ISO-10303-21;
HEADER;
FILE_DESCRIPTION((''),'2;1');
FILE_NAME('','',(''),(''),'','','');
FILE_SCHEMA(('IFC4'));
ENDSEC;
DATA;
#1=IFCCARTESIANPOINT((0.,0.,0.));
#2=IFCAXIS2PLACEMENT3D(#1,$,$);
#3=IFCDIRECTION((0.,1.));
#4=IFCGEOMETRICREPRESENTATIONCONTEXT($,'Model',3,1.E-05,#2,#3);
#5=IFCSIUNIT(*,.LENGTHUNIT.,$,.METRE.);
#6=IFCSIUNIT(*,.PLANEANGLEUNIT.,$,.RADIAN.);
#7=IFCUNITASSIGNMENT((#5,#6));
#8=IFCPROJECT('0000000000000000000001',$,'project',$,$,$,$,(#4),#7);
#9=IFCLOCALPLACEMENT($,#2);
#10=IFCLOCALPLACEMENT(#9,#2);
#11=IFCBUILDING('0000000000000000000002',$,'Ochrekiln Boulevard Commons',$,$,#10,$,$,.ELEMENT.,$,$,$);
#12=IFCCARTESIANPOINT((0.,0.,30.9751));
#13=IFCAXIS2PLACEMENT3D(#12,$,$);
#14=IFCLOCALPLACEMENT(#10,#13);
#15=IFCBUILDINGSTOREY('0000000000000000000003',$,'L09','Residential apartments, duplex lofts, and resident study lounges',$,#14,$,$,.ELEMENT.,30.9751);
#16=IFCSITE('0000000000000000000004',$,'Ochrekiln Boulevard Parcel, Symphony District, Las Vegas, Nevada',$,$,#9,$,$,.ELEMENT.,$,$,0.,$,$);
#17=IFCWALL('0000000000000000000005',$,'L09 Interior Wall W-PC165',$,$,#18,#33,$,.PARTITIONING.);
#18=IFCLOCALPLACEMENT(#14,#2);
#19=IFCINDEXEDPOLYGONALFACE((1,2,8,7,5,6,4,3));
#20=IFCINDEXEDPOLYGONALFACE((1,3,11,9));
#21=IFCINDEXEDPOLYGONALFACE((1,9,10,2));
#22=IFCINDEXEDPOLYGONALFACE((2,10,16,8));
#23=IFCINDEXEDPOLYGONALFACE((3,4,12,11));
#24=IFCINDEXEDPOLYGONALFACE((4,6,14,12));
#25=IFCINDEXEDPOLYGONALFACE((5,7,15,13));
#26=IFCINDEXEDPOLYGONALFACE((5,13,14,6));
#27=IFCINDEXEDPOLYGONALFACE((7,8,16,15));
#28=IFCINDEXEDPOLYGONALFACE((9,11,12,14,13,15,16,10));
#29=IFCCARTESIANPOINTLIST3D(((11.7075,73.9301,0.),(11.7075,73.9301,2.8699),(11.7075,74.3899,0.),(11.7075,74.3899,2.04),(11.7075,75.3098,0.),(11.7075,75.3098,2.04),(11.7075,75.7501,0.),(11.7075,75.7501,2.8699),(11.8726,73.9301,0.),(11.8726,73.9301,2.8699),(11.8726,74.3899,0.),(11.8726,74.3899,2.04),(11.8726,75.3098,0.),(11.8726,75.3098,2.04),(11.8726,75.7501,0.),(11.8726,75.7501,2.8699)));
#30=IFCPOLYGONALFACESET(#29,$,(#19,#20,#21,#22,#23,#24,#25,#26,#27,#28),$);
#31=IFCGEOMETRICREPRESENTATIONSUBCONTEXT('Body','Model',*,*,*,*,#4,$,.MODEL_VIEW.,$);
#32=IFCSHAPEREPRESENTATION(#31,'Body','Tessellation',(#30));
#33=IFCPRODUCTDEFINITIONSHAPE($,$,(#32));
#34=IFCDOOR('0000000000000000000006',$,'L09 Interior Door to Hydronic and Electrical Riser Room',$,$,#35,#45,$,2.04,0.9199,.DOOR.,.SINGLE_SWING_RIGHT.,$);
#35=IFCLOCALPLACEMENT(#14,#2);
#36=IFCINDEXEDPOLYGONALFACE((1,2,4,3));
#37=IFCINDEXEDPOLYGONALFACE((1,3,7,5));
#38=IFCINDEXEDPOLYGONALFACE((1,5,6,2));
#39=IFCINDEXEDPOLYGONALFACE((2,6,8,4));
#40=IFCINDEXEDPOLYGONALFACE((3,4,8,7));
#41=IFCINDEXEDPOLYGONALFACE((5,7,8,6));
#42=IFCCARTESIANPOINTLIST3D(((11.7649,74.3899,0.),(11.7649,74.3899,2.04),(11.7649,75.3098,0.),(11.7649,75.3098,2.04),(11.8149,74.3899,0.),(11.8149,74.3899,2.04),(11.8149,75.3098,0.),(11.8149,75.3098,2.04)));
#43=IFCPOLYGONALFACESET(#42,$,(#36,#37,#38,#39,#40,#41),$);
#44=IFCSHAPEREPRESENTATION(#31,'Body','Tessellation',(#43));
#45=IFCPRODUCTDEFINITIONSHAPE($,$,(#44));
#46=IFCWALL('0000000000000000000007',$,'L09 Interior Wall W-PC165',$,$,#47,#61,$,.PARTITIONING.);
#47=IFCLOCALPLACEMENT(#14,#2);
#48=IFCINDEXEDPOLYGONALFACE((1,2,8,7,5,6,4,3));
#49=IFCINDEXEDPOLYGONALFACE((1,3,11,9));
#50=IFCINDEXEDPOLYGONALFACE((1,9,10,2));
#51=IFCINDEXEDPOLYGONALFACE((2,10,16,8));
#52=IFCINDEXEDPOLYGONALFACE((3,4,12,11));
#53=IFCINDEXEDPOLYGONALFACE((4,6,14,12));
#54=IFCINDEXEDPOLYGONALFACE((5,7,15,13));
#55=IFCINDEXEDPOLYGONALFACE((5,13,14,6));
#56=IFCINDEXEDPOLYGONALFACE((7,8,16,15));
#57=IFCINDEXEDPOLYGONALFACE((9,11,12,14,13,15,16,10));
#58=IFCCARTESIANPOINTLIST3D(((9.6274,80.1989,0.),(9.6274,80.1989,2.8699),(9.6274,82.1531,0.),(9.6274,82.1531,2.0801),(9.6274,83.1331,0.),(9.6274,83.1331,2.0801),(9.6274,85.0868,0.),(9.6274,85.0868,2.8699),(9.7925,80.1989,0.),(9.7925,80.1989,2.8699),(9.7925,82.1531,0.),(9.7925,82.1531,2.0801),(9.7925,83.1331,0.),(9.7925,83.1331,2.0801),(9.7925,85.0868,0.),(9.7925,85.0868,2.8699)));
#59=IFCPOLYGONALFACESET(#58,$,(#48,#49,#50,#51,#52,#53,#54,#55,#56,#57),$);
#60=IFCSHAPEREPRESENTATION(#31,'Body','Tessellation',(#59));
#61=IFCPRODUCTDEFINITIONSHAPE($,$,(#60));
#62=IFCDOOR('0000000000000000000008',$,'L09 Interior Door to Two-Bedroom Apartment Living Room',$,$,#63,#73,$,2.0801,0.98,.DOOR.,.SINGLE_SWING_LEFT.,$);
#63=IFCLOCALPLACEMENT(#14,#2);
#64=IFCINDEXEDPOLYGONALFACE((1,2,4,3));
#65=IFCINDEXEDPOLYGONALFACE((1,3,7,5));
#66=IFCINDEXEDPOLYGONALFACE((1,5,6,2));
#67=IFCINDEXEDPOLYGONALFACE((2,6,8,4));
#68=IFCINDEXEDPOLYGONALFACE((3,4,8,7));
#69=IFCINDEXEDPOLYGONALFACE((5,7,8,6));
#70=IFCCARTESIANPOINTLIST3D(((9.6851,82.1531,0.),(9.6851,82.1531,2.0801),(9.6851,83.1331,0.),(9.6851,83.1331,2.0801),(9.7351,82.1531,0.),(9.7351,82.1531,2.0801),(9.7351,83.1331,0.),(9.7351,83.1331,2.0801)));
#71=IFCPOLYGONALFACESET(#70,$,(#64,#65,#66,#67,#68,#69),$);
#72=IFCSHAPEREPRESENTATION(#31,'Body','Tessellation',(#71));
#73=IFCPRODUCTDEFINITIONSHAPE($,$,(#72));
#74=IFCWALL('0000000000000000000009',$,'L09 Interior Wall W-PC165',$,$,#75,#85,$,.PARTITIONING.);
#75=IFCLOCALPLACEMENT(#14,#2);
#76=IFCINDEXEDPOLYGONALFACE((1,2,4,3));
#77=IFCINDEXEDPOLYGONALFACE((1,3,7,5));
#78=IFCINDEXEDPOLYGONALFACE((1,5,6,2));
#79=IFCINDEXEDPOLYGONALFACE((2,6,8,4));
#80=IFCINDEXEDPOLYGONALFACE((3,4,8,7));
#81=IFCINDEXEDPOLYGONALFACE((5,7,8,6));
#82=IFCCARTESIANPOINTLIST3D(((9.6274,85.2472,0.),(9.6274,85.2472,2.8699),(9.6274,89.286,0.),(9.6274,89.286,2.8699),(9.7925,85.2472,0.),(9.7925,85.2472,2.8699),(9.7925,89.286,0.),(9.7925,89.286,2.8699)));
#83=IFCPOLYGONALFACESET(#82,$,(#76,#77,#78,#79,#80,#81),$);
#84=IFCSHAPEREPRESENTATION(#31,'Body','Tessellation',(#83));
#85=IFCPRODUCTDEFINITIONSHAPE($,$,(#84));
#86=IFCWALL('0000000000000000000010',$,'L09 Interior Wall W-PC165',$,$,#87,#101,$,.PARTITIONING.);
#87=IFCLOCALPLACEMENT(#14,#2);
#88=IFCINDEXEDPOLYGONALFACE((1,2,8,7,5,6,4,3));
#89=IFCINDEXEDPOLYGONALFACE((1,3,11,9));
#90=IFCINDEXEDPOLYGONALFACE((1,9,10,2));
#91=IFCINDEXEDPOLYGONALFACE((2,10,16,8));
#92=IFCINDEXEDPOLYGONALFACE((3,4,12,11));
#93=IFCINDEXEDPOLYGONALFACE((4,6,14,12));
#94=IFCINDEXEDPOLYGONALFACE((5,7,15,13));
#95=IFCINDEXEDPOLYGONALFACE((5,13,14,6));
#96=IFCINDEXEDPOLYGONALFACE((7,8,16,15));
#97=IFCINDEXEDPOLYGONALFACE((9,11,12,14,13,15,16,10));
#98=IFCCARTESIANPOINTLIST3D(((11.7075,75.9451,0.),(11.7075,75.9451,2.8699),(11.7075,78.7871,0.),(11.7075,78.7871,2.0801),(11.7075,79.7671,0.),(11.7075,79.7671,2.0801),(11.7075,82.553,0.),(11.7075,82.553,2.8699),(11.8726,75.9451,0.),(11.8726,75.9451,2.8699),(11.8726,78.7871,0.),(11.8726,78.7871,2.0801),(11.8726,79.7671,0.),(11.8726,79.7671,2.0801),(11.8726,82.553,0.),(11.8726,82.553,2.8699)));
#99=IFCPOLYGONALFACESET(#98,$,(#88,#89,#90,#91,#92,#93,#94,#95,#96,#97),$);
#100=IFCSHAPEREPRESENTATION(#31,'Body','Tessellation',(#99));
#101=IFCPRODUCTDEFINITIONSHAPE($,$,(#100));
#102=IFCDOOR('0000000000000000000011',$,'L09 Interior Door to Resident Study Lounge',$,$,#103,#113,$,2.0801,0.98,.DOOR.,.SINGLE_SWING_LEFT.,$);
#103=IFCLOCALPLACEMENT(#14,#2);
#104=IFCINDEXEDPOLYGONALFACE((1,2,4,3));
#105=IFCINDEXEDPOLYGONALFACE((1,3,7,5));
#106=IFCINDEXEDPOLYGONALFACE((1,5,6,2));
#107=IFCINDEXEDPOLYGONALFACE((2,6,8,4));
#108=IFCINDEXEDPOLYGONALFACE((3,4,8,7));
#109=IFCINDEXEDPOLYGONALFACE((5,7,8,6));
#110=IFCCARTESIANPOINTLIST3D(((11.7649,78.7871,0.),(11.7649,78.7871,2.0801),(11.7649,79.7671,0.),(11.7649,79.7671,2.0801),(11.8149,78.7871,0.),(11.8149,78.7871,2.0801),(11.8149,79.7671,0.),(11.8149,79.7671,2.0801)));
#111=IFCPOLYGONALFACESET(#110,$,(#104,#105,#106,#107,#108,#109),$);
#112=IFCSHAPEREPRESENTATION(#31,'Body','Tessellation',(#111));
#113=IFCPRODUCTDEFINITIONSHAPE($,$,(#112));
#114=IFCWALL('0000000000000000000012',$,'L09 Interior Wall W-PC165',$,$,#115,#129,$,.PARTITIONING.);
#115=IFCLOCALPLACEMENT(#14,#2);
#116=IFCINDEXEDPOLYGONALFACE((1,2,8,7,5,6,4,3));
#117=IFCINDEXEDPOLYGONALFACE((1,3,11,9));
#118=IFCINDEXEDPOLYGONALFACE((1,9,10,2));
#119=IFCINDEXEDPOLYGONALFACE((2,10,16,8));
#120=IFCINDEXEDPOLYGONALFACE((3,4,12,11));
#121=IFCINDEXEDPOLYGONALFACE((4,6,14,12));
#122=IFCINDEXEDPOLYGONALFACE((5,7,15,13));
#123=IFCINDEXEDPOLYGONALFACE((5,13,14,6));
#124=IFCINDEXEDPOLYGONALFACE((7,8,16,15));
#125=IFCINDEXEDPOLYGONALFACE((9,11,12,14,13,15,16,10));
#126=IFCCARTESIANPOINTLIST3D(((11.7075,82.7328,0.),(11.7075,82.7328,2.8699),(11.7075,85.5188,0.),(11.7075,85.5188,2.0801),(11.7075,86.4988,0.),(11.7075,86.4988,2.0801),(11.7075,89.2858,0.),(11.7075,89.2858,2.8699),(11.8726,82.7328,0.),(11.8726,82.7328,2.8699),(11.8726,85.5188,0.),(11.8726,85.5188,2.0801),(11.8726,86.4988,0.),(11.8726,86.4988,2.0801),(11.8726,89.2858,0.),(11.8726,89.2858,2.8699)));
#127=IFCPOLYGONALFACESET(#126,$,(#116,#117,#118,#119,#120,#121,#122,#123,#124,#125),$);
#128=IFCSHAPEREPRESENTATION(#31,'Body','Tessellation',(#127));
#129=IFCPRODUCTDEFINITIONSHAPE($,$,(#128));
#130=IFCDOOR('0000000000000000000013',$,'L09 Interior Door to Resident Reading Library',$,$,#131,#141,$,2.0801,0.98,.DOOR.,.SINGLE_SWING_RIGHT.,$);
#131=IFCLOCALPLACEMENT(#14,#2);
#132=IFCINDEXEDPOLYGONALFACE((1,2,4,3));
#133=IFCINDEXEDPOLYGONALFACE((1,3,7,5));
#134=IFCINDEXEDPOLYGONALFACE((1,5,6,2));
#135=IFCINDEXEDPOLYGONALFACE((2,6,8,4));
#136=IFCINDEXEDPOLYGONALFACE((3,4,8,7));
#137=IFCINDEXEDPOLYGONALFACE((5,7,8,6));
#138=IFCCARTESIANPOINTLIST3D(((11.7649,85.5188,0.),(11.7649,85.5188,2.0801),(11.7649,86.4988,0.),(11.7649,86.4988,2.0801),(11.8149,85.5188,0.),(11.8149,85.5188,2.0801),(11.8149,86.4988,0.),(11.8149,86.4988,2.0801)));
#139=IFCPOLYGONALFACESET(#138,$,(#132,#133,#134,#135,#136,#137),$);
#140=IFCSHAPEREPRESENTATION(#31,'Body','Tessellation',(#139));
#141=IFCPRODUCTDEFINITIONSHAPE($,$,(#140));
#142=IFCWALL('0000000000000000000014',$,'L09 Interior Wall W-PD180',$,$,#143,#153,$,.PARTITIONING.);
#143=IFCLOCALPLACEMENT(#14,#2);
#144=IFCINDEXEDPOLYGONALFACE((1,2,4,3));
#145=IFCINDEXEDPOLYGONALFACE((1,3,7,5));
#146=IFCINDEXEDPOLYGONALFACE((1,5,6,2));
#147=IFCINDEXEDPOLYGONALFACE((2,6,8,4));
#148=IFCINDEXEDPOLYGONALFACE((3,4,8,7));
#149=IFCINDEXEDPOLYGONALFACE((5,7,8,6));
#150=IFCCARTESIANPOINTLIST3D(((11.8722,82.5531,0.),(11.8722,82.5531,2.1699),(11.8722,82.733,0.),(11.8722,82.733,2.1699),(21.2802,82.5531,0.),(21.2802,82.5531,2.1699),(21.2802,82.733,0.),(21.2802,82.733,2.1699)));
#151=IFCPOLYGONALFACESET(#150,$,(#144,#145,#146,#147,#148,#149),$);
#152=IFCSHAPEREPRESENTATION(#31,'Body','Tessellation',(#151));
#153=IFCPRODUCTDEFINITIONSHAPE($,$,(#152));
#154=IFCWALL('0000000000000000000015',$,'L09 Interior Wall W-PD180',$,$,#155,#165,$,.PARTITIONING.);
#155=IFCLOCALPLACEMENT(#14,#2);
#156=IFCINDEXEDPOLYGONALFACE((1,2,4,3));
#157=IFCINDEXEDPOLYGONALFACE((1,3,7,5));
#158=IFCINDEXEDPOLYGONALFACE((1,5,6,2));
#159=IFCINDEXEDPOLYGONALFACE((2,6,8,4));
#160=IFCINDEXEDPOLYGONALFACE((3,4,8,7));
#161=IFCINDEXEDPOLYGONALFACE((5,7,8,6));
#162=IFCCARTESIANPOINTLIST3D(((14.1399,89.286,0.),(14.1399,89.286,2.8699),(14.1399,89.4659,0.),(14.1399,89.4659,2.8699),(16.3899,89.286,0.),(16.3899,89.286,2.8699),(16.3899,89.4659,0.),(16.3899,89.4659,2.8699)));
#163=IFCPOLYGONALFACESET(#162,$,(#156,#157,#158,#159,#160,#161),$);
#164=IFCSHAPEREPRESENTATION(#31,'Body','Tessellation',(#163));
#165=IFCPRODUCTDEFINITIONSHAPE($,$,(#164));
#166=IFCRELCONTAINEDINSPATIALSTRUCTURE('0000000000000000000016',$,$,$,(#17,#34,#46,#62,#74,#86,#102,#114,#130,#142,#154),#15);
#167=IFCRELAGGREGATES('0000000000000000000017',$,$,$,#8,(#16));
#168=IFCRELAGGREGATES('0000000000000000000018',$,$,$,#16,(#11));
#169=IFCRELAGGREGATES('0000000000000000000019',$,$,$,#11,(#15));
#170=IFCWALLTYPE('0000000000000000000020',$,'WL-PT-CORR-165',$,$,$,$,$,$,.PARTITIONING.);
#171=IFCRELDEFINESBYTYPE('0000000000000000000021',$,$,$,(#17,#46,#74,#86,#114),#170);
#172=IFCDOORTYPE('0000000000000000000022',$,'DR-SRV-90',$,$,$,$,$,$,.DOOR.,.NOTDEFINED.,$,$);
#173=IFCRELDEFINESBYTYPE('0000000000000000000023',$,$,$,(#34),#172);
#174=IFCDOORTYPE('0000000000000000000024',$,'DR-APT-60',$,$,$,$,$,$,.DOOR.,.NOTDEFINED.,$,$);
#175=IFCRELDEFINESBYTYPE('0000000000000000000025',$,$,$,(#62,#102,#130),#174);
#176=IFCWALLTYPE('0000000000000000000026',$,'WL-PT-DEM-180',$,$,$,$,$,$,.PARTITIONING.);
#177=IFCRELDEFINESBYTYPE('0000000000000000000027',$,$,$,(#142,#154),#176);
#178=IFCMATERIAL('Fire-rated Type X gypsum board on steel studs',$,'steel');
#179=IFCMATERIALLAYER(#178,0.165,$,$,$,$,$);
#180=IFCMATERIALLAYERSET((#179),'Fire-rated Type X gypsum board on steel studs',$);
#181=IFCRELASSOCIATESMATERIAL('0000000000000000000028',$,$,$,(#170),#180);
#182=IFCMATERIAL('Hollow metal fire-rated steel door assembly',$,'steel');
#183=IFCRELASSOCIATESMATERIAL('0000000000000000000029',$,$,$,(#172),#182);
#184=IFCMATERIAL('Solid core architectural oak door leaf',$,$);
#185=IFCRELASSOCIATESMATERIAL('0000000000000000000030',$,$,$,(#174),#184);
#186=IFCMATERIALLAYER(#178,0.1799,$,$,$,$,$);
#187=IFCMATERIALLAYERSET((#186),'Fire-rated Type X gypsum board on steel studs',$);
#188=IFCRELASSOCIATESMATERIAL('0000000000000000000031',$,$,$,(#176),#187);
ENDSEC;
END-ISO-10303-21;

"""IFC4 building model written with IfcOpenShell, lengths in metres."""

from ifc_helpers import new_model, si_unit, direction, frame, frame_2d, origin, place, context, subcontext, project, spatial, rectangle, extrude, material, layer, layer_set, type_object, element, fill, save


model = new_model("IFC4")

# Units and contexts
model_context = context("Model", 3, precision=1e-05, world=origin(), true_north=direction((0.0, 1.0)))
body_context = subcontext(model_context, "Body", "Model", "MODEL_VIEW")
ifc_project = project(units=[si_unit("LENGTHUNIT", "METRE"), si_unit("PLANEANGLEUNIT", "RADIAN")], contexts=[model_context])

# Site, building, storey
site_placement = place(None, origin())
site = spatial("IfcSite", under=ifc_project, at=site_placement, Name="Ochrekiln Boulevard Parcel, Symphony District, Las Vegas, Nevada", CompositionType="ELEMENT", RefElevation=0.0)
building_placement = place(site_placement, origin())
building = spatial("IfcBuilding", under=site, at=building_placement, Name="Ochrekiln Boulevard Commons", CompositionType="ELEMENT")
storey_placement = place(building_placement, frame((0.0, 0.0, 30.9751)))
storey = spatial("IfcBuildingStorey", under=building, at=storey_placement, Name="L09", Description="Residential apartments, duplex lofts, and resident study lounges", CompositionType="ELEMENT", Elevation=30.9751)

# Shared definitions
ifc_material_1 = material(Name="Solid core architectural oak door leaf")

# Shared definitions
ifc_material_2 = material(Name="Fire-rated Type X gypsum board on steel studs", Category="steel")

# Walls, openings, doors
ifc_layer_1 = layer(ifc_material_2, 0.165)
ifc_layer_set_1 = layer_set([ifc_layer_1], Name="Fire-rated Type X gypsum board on steel studs")
wall_type_1 = type_object("IfcWallType", Name="WL-PT-CORR-165", PredefinedType="PARTITIONING", material=ifc_layer_set_1)
wall_1_placement = place(storey_placement, frame((11.79, 73.9299, 0.0), z_axis=(0.0, 0.0, 1.0), x_axis=(0.0, 1.0, 0.0)))
wall_1 = element("IfcWall", 1, at=wall_1_placement, inside=storey, type_object=wall_type_1, Name="L09 Interior Wall W-PC165", PredefinedType="PARTITIONING", context=body_context, shape_type="SweptSolid", body=[
    extrude(rectangle(XDim=1.8201, YDim=0.165, at=frame_2d((0.9102, 0.0))), origin(), (0.0, 0.0, 1.0), 2.8699),
])
opening_1_placement = place(wall_1_placement, frame((0.46, 0.0, 0.0)))
opening_1 = element("IfcOpeningElement", 2, at=opening_1_placement, cuts=wall_1, PredefinedType="OPENING", context=body_context, shape_type="SweptSolid", body=[
    extrude(rectangle(XDim=0.9199, YDim=2.04, at=frame_2d((0.46, 1.02))), frame((0.0, 0.0925, 0.0), z_axis=(0.0, -1.0, 0.0), x_axis=(1.0, 0.0, 0.0)), (0.0, 0.0, 1.0), 0.1851),
])
ifc_material_3 = material(Name="Hollow metal fire-rated steel door assembly", Category="steel")
door_type_1 = type_object("IfcDoorType", Name="DR-SRV-90", OperationType="NOTDEFINED", PredefinedType="DOOR", material=ifc_material_3)
door_1_placement = place(opening_1_placement, frame((0.9199, 0.0, 0.0), z_axis=(0.0, 0.0, 1.0), x_axis=(-1.0, 0.0, 0.0)))
door_1 = element("IfcDoor", 3, at=door_1_placement, inside=storey, type_object=door_type_1, Name="L09 Interior Door to Hydronic and Electrical Riser Room", OperationType="SINGLE_SWING_RIGHT", OverallHeight=2.04, OverallWidth=0.9199, PredefinedType="DOOR", context=body_context, shape_type="SweptSolid", body=[
    extrude(rectangle(XDim=0.9199, YDim=2.04, at=frame_2d((0.46, 1.02))), frame((0.0, 0.0249, 0.0), z_axis=(0.0, -1.0, 0.0), x_axis=(1.0, 0.0, 0.0)), (0.0, 0.0, 1.0), 0.05),
])
fill(opening_1, door_1)
wall_2_placement = place(storey_placement, frame((9.71, 80.199, 0.0), z_axis=(0.0, 0.0, 1.0), x_axis=(0.0, 1.0, 0.0)))
wall_2 = element("IfcWall", 4, at=wall_2_placement, inside=storey, type_object=wall_type_1, Name="L09 Interior Wall W-PC165", PredefinedType="PARTITIONING", context=body_context, shape_type="SweptSolid", body=[
    extrude(rectangle(XDim=4.8879, YDim=0.165, at=frame_2d((2.4438, 0.0))), origin(), (0.0, 0.0, 1.0), 2.8699),
])
opening_2_placement = place(wall_2_placement, frame((1.9541, 0.0, 0.0)))
opening_2 = element("IfcOpeningElement", 5, at=opening_2_placement, cuts=wall_2, PredefinedType="OPENING", context=body_context, shape_type="SweptSolid", body=[
    extrude(rectangle(XDim=0.98, YDim=2.0801, at=frame_2d((0.49, 1.04))), frame((0.0, 0.0925, 0.0), z_axis=(0.0, -1.0, 0.0), x_axis=(1.0, 0.0, 0.0)), (0.0, 0.0, 1.0), 0.1851),
])
door_type_2 = type_object("IfcDoorType", Name="DR-APT-60", OperationType="NOTDEFINED", PredefinedType="DOOR", material=ifc_material_1)
door_2_placement = place(opening_2_placement, origin())
door_2 = element("IfcDoor", 6, at=door_2_placement, inside=storey, type_object=door_type_2, Name="L09 Interior Door to Two-Bedroom Apartment Living Room", OperationType="SINGLE_SWING_LEFT", OverallHeight=2.0801, OverallWidth=0.98, PredefinedType="DOOR", context=body_context, shape_type="SweptSolid", body=[
    extrude(rectangle(XDim=0.98, YDim=2.0801, at=frame_2d((0.49, 1.04))), frame((0.0, 0.0249, 0.0), z_axis=(0.0, -1.0, 0.0), x_axis=(1.0, 0.0, 0.0)), (0.0, 0.0, 1.0), 0.05),
])
fill(opening_2, door_2)

# Wall
wall_3_placement = place(storey_placement, frame((9.71, 85.2471, 0.0), z_axis=(0.0, 0.0, 1.0), x_axis=(0.0, 1.0, 0.0)))
element("IfcWall", 7, at=wall_3_placement, inside=storey, type_object=wall_type_1, Name="L09 Interior Wall W-PC165", PredefinedType="PARTITIONING", context=body_context, shape_type="SweptSolid", body=[
    extrude(rectangle(XDim=4.0388, YDim=0.165, at=frame_2d((2.0195, 0.0))), origin(), (0.0, 0.0, 1.0), 2.8699),
])

# Walls, openings, doors
wall_4_placement = place(storey_placement, frame((11.79, 75.9451, 0.0), z_axis=(0.0, 0.0, 1.0), x_axis=(0.0, 1.0, 0.0)))
wall_4 = element("IfcWall", 8, at=wall_4_placement, inside=storey, type_object=wall_type_1, Name="L09 Interior Wall W-PC165", PredefinedType="PARTITIONING", context=body_context, shape_type="SweptSolid", body=[
    extrude(rectangle(XDim=6.6079, YDim=0.165, at=frame_2d((3.304, 0.0))), origin(), (0.0, 0.0, 1.0), 2.8699),
])
opening_3_placement = place(wall_4_placement, frame((2.842, 0.0, 0.0)))
opening_3 = element("IfcOpeningElement", 9, at=opening_3_placement, cuts=wall_4, PredefinedType="OPENING", context=body_context, shape_type="SweptSolid", body=[
    extrude(rectangle(XDim=0.98, YDim=2.0801, at=frame_2d((0.49, 1.04))), frame((0.0, 0.0925, 0.0), z_axis=(0.0, -1.0, 0.0), x_axis=(1.0, 0.0, 0.0)), (0.0, 0.0, 1.0), 0.1851),
])
door_3_placement = place(opening_3_placement, frame((0.98, 0.0, 0.0), z_axis=(0.0, 0.0, 1.0), x_axis=(-1.0, 0.0, 0.0)))
door_3 = element("IfcDoor", 10, at=door_3_placement, inside=storey, type_object=door_type_2, Name="L09 Interior Door to Resident Study Lounge", OperationType="SINGLE_SWING_LEFT", OverallHeight=2.0801, OverallWidth=0.98, PredefinedType="DOOR", context=body_context, shape_type="SweptSolid", body=[
    extrude(rectangle(XDim=0.98, YDim=2.0801, at=frame_2d((0.49, 1.04))), frame((0.0, 0.0249, 0.0), z_axis=(0.0, -1.0, 0.0), x_axis=(1.0, 0.0, 0.0)), (0.0, 0.0, 1.0), 0.05),
])
fill(opening_3, door_3)
wall_5_placement = place(storey_placement, frame((11.79, 82.7329, 0.0), z_axis=(0.0, 0.0, 1.0), x_axis=(0.0, 1.0, 0.0)))
wall_5 = element("IfcWall", 11, at=wall_5_placement, inside=storey, type_object=wall_type_1, Name="L09 Interior Wall W-PC165", PredefinedType="PARTITIONING", context=body_context, shape_type="SweptSolid", body=[
    extrude(rectangle(XDim=6.553, YDim=0.165, at=frame_2d((3.2764, 0.0))), origin(), (0.0, 0.0, 1.0), 2.8699),
])
opening_4_placement = place(wall_5_placement, frame((2.7859, 0.0, 0.0)))
opening_4 = element("IfcOpeningElement", 12, at=opening_4_placement, cuts=wall_5, PredefinedType="OPENING", context=body_context, shape_type="SweptSolid", body=[
    extrude(rectangle(XDim=0.98, YDim=2.0801, at=frame_2d((0.49, 1.04))), frame((0.0, 0.0925, 0.0), z_axis=(0.0, -1.0, 0.0), x_axis=(1.0, 0.0, 0.0)), (0.0, 0.0, 1.0), 0.1851),
])
door_4_placement = place(opening_4_placement, frame((0.98, 0.0, 0.0), z_axis=(0.0, 0.0, 1.0), x_axis=(-1.0, 0.0, 0.0)))
door_4 = element("IfcDoor", 13, at=door_4_placement, inside=storey, type_object=door_type_2, Name="L09 Interior Door to Resident Reading Library", OperationType="SINGLE_SWING_RIGHT", OverallHeight=2.0801, OverallWidth=0.98, PredefinedType="DOOR", context=body_context, shape_type="SweptSolid", body=[
    extrude(rectangle(XDim=0.98, YDim=2.0801, at=frame_2d((0.49, 1.04))), frame((0.0, 0.0249, 0.0), z_axis=(0.0, -1.0, 0.0), x_axis=(1.0, 0.0, 0.0)), (0.0, 0.0, 1.0), 0.05),
])
fill(opening_4, door_4)

# Walls
ifc_layer_2 = layer(ifc_material_2, 0.1799)
ifc_layer_set_2 = layer_set([ifc_layer_2], Name="Fire-rated Type X gypsum board on steel studs")
wall_type_2 = type_object("IfcWallType", Name="WL-PT-DEM-180", PredefinedType="PARTITIONING", material=ifc_layer_set_2)
wall_6_placement = place(storey_placement, frame((11.8721, 82.6431, 0.0), z_axis=(0.0, 0.0, 1.0), x_axis=(1.0, 0.0, 0.0)))
element("IfcWall", 14, at=wall_6_placement, inside=storey, type_object=wall_type_2, Name="L09 Interior Wall W-PD180", PredefinedType="PARTITIONING", context=body_context, shape_type="SweptSolid", body=[
    extrude(rectangle(XDim=9.408, YDim=0.1799, at=frame_2d((4.7041, 0.0))), origin(), (0.0, 0.0, 1.0), 2.1699),
])
wall_7_placement = place(storey_placement, frame((14.1399, 89.376, 0.0), z_axis=(0.0, 0.0, 1.0), x_axis=(1.0, 0.0, 0.0)))
element("IfcWall", 15, at=wall_7_placement, inside=storey, type_object=wall_type_2, Name="L09 Interior Wall W-PD180", PredefinedType="PARTITIONING", context=body_context, shape_type="SweptSolid", body=[
    extrude(rectangle(XDim=2.25, YDim=0.1799, at=frame_2d((1.125, 0.0))), origin(), (0.0, 0.0, 1.0), 2.8699),
])

save(model, "model.ifc")
